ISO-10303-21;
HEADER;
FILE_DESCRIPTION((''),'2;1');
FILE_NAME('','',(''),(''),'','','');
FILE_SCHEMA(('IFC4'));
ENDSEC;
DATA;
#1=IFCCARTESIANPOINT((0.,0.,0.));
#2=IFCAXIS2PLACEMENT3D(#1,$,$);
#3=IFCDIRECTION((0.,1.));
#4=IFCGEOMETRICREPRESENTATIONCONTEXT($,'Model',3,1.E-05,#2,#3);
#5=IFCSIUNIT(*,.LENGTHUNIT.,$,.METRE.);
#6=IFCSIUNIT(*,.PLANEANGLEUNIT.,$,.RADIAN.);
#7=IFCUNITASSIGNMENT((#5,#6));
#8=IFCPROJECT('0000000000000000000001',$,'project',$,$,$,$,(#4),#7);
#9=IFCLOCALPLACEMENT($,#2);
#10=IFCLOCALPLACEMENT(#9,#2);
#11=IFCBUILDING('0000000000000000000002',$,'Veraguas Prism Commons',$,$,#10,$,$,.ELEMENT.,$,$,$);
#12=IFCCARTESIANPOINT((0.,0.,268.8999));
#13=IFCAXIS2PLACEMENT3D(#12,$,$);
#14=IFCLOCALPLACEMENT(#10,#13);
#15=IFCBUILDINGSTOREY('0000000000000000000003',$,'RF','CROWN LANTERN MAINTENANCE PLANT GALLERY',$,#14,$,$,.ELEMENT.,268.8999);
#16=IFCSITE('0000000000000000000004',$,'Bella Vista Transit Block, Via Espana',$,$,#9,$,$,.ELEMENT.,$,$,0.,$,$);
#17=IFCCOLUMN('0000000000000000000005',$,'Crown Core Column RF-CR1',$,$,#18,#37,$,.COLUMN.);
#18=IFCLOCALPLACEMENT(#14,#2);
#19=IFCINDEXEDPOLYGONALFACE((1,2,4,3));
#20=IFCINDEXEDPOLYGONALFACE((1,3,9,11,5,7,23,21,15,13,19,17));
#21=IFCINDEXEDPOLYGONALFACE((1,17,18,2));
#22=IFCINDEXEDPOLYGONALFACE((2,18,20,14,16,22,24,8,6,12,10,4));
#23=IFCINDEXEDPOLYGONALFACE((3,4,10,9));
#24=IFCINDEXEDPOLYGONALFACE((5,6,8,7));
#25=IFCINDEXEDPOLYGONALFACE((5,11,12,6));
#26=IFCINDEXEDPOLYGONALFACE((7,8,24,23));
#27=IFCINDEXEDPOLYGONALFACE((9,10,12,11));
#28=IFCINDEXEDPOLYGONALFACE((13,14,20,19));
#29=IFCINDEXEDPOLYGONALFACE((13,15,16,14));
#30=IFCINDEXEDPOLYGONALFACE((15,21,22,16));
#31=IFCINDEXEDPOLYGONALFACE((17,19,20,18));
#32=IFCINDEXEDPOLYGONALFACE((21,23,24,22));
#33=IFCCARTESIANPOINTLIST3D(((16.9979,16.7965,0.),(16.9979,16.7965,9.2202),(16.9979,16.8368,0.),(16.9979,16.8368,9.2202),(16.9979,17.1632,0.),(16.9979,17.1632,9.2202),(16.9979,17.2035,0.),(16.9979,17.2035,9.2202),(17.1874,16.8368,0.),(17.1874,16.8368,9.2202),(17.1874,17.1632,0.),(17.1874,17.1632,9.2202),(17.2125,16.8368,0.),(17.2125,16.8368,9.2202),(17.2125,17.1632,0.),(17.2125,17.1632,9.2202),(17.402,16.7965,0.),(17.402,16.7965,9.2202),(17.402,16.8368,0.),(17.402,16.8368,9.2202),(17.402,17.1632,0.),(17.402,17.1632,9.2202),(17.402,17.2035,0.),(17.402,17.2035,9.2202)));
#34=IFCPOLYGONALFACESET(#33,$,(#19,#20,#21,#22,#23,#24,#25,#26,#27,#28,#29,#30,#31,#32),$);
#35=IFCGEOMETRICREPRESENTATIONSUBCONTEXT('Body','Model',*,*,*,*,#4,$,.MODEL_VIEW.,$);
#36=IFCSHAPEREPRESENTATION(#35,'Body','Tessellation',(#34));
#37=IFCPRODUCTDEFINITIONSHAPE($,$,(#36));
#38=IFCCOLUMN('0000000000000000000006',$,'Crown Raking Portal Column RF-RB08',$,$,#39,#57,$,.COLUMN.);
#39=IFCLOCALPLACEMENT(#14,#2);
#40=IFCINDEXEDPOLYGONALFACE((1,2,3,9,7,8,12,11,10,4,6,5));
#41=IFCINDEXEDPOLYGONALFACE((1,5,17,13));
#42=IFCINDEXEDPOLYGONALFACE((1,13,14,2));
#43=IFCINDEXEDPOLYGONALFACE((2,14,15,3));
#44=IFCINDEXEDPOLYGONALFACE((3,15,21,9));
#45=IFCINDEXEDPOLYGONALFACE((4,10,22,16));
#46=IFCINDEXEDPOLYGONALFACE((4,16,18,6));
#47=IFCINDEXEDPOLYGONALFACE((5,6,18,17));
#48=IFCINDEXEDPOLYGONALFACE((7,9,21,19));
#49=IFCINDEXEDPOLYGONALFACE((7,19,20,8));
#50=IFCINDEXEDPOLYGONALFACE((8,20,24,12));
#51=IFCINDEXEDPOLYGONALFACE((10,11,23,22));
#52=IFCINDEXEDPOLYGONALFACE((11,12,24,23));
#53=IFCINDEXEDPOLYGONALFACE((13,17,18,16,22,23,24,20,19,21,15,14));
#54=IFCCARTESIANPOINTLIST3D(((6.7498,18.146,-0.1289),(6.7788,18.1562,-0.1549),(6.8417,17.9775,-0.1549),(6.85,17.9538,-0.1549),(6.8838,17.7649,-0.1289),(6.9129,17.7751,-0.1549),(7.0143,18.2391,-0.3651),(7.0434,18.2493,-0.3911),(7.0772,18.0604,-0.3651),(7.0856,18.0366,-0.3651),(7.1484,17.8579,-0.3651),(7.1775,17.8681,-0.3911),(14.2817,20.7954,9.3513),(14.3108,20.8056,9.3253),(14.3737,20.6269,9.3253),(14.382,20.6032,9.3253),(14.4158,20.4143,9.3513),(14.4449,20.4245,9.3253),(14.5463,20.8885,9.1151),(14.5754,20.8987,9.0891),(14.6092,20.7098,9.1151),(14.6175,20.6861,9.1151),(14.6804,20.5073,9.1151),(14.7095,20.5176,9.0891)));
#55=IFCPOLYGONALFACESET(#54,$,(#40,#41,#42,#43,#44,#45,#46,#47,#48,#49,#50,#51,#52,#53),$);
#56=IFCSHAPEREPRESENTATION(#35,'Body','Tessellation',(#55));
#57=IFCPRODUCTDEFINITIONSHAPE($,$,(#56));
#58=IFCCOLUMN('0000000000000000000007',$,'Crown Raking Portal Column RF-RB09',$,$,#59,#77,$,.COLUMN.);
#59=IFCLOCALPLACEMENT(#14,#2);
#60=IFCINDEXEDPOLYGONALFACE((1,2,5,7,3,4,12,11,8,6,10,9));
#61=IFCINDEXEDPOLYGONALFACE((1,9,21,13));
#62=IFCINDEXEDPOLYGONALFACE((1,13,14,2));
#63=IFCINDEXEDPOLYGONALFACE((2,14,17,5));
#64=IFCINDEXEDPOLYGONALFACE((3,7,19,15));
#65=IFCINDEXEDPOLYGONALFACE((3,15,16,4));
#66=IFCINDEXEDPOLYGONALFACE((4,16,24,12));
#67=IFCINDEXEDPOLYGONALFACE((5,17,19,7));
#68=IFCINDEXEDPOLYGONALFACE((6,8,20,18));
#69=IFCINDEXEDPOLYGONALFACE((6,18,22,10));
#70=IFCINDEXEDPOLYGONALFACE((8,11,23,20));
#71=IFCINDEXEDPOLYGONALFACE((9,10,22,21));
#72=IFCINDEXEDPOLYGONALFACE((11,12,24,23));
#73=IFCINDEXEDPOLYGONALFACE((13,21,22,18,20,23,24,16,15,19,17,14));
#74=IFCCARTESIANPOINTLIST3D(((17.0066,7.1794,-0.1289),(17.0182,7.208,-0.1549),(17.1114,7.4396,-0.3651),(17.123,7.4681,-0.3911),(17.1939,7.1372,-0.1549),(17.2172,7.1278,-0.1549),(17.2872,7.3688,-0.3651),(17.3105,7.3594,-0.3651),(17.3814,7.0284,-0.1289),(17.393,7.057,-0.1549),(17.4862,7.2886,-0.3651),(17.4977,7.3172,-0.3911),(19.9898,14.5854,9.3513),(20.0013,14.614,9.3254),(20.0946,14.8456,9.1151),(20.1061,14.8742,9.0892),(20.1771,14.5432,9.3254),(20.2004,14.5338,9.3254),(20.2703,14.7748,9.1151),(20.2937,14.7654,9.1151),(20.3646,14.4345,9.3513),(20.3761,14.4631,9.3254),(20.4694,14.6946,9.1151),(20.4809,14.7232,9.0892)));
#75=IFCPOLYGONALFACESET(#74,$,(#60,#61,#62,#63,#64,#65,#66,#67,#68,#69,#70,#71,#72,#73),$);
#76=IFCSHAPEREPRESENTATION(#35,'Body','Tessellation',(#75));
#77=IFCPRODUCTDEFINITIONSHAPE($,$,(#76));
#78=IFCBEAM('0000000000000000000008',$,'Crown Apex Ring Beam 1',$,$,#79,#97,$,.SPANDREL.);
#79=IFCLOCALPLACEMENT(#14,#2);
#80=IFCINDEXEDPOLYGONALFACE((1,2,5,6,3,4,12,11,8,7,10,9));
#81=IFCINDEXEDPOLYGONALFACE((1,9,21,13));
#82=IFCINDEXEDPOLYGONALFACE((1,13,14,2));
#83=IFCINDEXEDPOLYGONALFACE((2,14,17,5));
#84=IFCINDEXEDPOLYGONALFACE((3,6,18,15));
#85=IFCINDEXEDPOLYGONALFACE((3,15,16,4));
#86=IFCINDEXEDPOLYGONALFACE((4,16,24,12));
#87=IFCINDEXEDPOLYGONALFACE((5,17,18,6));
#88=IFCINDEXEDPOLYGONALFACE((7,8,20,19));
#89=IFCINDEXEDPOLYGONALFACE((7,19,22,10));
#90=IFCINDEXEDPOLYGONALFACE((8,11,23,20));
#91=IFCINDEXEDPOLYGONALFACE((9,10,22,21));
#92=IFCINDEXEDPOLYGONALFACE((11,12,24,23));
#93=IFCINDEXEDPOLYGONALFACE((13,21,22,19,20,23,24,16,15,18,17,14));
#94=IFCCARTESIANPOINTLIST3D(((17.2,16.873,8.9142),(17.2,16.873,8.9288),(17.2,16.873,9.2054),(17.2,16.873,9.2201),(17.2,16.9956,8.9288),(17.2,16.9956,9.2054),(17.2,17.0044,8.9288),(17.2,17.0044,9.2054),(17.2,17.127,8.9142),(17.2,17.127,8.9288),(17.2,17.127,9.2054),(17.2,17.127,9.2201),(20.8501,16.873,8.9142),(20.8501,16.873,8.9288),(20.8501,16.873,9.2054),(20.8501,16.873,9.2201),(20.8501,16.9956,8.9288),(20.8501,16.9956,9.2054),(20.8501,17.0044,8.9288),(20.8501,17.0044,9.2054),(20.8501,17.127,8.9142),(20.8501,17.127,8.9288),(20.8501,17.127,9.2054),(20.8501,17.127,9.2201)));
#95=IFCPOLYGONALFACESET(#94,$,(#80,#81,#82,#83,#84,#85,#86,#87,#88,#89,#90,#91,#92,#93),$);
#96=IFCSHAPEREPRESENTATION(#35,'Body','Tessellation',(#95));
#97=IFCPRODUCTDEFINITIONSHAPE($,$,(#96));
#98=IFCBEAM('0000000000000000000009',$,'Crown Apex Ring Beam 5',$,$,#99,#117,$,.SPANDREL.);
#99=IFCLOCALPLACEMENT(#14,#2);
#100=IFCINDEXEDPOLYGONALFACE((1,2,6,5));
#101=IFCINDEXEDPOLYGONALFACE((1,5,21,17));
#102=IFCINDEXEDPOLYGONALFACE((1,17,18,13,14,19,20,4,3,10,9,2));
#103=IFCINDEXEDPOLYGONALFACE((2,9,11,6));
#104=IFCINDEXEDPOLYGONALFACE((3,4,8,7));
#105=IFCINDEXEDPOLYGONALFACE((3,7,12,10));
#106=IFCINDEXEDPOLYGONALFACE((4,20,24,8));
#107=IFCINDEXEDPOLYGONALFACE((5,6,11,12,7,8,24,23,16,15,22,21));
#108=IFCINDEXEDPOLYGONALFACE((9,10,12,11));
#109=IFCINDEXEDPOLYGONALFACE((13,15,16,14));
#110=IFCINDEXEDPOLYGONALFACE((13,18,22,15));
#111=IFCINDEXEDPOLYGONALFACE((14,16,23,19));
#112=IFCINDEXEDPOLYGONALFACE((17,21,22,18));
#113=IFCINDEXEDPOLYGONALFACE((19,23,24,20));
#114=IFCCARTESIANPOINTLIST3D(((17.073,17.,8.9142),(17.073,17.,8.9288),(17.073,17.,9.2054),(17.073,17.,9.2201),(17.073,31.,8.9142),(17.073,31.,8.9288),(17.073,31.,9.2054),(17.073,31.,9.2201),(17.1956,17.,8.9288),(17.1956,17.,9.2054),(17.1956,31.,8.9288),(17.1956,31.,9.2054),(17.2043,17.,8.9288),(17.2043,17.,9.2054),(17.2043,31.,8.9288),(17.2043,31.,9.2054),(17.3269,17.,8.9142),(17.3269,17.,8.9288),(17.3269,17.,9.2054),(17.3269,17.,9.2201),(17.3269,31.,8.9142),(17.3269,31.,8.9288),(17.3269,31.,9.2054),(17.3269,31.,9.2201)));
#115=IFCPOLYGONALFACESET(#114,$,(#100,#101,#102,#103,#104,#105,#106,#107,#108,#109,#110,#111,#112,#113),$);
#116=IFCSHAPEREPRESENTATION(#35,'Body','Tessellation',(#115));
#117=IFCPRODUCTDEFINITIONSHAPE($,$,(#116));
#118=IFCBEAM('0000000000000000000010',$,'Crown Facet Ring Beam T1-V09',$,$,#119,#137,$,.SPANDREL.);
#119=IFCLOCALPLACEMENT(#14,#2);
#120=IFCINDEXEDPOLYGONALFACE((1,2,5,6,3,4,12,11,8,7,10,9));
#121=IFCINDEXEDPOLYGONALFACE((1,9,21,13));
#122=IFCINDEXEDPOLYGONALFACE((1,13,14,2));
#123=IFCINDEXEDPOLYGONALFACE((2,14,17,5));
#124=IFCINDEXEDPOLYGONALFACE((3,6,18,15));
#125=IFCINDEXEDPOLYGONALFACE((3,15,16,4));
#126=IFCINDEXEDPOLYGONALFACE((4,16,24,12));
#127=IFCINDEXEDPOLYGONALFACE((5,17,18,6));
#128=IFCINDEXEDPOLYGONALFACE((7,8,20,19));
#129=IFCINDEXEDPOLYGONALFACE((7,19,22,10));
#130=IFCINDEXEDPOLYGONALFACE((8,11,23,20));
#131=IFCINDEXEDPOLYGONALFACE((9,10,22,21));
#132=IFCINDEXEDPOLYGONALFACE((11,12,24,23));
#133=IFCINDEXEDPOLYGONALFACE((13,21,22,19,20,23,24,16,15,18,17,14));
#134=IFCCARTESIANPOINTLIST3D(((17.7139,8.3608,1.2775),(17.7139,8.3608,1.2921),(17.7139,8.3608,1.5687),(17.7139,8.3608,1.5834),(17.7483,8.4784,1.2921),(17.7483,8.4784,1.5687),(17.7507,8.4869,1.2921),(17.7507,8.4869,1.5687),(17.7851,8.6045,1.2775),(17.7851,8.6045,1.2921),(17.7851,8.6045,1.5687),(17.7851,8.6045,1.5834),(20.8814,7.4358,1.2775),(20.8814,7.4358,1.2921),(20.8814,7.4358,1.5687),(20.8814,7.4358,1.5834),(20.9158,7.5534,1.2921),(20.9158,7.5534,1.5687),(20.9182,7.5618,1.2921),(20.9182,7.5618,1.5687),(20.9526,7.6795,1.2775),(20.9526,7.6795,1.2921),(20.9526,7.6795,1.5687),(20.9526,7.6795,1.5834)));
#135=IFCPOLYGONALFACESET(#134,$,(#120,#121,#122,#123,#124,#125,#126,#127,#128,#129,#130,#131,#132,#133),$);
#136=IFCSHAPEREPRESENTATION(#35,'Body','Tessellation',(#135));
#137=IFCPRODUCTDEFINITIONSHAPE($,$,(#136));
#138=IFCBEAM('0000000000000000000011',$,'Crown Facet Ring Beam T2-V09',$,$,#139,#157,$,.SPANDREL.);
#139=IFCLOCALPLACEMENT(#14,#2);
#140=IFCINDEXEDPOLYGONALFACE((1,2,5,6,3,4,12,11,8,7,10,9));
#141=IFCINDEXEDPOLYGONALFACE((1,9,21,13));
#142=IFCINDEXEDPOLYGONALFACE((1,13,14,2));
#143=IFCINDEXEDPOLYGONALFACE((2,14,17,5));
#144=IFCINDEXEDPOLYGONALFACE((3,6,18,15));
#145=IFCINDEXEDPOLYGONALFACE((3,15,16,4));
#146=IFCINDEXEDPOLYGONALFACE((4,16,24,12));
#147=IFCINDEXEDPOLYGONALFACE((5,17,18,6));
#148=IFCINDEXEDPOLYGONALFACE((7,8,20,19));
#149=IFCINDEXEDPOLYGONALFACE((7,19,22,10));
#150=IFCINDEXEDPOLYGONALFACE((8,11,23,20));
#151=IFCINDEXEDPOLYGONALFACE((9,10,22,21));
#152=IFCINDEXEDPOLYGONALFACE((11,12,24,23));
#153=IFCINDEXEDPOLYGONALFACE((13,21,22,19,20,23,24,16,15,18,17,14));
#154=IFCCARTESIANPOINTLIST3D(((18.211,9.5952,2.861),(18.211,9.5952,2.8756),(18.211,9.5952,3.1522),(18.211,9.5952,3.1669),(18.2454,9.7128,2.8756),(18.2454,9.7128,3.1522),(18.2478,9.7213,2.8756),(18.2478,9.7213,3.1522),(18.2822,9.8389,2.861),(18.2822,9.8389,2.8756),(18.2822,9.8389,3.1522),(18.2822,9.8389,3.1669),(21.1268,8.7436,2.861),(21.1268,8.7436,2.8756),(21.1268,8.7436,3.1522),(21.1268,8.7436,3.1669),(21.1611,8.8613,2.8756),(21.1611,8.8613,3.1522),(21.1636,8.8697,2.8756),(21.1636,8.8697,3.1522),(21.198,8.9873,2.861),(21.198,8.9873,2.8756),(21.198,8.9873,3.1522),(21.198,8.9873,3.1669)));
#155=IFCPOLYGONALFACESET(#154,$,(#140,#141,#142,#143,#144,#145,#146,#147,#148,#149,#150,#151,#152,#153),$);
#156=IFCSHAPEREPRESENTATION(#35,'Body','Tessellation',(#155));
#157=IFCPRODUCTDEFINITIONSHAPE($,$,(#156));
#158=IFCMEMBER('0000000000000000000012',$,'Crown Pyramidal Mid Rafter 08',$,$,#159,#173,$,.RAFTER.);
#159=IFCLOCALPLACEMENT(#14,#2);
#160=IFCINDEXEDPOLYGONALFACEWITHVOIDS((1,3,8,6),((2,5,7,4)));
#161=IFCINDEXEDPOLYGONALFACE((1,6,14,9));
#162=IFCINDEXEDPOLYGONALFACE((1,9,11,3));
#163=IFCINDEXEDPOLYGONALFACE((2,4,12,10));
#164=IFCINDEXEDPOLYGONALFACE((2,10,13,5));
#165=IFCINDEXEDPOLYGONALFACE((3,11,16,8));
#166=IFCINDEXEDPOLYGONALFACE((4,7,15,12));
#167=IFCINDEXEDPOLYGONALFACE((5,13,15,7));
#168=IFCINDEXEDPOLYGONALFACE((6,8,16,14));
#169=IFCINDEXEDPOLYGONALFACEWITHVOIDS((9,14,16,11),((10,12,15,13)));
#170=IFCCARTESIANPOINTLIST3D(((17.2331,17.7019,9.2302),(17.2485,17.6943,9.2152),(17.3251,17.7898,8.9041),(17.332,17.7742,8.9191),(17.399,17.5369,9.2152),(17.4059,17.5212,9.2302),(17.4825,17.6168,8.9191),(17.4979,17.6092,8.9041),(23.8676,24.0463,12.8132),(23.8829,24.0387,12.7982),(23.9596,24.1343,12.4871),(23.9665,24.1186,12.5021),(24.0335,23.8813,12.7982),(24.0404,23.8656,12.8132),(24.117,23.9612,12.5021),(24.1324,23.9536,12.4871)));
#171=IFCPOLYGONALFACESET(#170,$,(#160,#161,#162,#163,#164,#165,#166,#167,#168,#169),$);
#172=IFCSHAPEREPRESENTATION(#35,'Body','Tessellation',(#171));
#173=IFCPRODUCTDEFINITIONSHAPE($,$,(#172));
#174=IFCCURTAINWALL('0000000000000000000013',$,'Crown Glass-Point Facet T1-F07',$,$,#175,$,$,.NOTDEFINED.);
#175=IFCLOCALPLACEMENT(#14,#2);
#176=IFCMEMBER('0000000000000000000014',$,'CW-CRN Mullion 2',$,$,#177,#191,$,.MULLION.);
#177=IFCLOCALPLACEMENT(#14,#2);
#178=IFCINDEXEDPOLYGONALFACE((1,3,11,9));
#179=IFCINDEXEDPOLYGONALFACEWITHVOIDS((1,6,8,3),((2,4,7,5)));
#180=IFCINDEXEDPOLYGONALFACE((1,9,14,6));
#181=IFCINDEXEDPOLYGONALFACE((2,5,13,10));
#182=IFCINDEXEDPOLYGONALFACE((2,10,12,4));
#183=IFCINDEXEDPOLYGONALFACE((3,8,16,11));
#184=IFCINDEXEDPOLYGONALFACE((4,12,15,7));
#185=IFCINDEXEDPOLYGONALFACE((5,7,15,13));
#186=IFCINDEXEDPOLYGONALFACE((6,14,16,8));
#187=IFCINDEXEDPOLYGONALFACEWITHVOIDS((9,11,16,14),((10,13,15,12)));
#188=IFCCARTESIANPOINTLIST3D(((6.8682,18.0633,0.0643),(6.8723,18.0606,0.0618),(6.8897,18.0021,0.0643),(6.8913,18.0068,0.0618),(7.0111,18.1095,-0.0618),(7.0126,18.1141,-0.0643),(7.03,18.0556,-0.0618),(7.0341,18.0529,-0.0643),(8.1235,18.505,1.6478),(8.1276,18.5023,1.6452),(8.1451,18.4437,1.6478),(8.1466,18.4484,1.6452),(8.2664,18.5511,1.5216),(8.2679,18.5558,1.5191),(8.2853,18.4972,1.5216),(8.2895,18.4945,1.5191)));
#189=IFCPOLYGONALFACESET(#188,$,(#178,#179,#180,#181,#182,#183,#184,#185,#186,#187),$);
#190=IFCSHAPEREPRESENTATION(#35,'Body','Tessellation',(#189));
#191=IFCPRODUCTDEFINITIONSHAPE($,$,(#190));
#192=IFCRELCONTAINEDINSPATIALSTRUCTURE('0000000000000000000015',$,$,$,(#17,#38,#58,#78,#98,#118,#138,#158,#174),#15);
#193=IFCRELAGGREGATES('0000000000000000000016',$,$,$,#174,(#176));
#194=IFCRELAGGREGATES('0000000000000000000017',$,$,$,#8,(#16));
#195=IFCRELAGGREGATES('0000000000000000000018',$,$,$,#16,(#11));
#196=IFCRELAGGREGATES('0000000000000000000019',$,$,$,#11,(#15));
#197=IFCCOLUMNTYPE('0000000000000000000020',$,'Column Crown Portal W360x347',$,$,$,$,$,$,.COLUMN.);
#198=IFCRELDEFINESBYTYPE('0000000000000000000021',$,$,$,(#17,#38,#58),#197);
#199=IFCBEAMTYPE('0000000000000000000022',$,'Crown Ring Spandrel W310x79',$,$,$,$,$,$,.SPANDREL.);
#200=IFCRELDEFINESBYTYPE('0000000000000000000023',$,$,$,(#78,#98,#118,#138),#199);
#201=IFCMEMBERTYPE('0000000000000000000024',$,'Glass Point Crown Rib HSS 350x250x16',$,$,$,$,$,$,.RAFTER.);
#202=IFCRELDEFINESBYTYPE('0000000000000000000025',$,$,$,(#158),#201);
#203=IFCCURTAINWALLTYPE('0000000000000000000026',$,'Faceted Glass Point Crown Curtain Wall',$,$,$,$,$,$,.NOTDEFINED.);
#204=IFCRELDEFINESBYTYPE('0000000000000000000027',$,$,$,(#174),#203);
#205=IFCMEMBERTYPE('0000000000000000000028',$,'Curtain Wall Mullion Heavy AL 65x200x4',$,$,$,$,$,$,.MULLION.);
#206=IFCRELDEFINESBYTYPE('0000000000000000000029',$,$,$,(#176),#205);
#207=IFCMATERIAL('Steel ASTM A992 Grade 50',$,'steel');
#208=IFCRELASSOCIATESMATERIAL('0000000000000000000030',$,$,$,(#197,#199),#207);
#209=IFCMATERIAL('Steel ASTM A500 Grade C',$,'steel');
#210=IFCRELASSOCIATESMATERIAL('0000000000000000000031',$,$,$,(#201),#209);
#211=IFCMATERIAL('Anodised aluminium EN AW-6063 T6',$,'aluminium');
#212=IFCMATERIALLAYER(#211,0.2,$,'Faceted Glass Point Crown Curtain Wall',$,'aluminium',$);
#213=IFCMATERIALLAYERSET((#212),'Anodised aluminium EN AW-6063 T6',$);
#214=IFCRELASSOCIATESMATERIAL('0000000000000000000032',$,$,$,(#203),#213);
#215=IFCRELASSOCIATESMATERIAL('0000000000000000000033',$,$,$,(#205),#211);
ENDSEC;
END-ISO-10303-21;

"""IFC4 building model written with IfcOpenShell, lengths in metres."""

from ifc_helpers import new_model, si_unit, direction, frame, origin, origin_2d, place, context, subcontext, project, spatial, hollow_rectangle, i_section, extrude, source, transform, mapped, material, layer, layer_set, material_profile, profile_set, type_object, element, aggregate, save


model = new_model("IFC4")

# Units and contexts
model_context = context("Model", 3, precision=1e-05, world=origin(), true_north=direction((0.0, 1.0)))
body_context = subcontext(model_context, "Body", "Model", "MODEL_VIEW")
ifc_project = project(units=[si_unit("LENGTHUNIT", "METRE"), si_unit("PLANEANGLEUNIT", "RADIAN")], contexts=[model_context])

# Site, building, storey
site_placement = place(None, origin())
site = spatial("IfcSite", under=ifc_project, at=site_placement, Name="Bella Vista Transit Block, Via Espana", CompositionType="ELEMENT", RefElevation=0.0)
building_placement = place(site_placement, origin())
building = spatial("IfcBuilding", under=site, at=building_placement, Name="Veraguas Prism Commons", CompositionType="ELEMENT")
storey_placement = place(building_placement, frame((0.0, 0.0, 268.8999)))
storey = spatial("IfcBuildingStorey", under=building, at=storey_placement, Name="RF", Description="CROWN LANTERN MAINTENANCE PLANT GALLERY", CompositionType="ELEMENT", Elevation=268.8999)

# Columns
ifc_material_1 = material(Name="Steel ASTM A992 Grade 50", Category="steel")
ifc_material_profile_1 = material_profile(ifc_material_1, i_section(OverallWidth=0.4041, OverallDepth=0.407, WebThickness=0.0251, FlangeThickness=0.0403, at=origin_2d()), Name="W360X347")
ifc_profile_set_1 = profile_set([ifc_material_profile_1], Name="Steel ASTM A992 Grade 50")
column_type = type_object("IfcColumnType", Name="Column Crown Portal W360x347", PredefinedType="COLUMN", material=ifc_profile_set_1)
column_placement = place(storey_placement, frame((17.2, 17.0, 0.0), z_axis=(0.0, 0.0, 1.0), x_axis=(1.0, 0.0, 0.0)))
element("IfcColumn", 1, at=column_placement, inside=storey, type_object=column_type, Name="Crown Core Column RF-CR1", PredefinedType="COLUMN", context=body_context, shape_type="SweptSolid", body=[
    extrude(i_section(OverallWidth=0.4041, OverallDepth=0.407, WebThickness=0.0251, FlangeThickness=0.0403, at=origin_2d()), origin(), (0.0, 0.0, 1.0), 9.2202),
])
for number, where, z_axis, x_axis, name in (
    (2, (6.9636, 18.0071, -0.26), (0.607685, 0.213756, 0.764871), (-0.331825, 0.943341, 0.0), "Crown Raking Portal Column RF-RB08"),
    (3, (17.2522, 7.2483, -0.26), (0.240684, 0.597525, 0.764876), (-0.927578, 0.37363, 0.0), "Crown Raking Portal Column RF-RB09"),
):
    element("IfcColumn", number, at=place(storey_placement, frame(where, z_axis=z_axis, x_axis=x_axis)), inside=storey, type_object=column_type, Name=name, PredefinedType="COLUMN", context=body_context, shape_type="SweptSolid", body=[
        extrude(i_section(OverallWidth=0.4041, OverallDepth=0.407, WebThickness=0.0251, FlangeThickness=0.0403, at=origin_2d()), origin(), (0.0, 0.0, 1.0), 12.3945),
    ])

# Beams
ifc_material_profile_2 = material_profile(ifc_material_1, i_section(OverallWidth=0.2539, OverallDepth=0.3059, WebThickness=0.0088, FlangeThickness=0.0146, at=origin_2d()), Name="W310X79")
ifc_profile_set_2 = profile_set([ifc_material_profile_2], Name="Steel ASTM A992 Grade 50")
beam_type = type_object("IfcBeamType", Name="Crown Ring Spandrel W310x79", PredefinedType="SPANDREL", material=ifc_profile_set_2)
beam_1_placement = place(storey_placement, frame((17.2, 17.0, 9.0671), z_axis=(1.0, 0.0, 0.0), x_axis=(0.0, 1.0, 0.0)))
element("IfcBeam", 4, at=beam_1_placement, inside=storey, type_object=beam_type, Name="Crown Apex Ring Beam 1", PredefinedType="SPANDREL", context=body_context, shape_type="SweptSolid", body=[
    extrude(i_section(OverallWidth=0.2539, OverallDepth=0.3059, WebThickness=0.0088, FlangeThickness=0.0146, at=origin_2d()), origin(), (0.0, 0.0, 1.0), 3.6501),
])
beam_2_placement = place(storey_placement, frame((17.2, 17.0, 9.0671), z_axis=(0.0, 1.0, 0.0), x_axis=(-1.0, 0.0, 0.0)))
element("IfcBeam", 5, at=beam_2_placement, inside=storey, type_object=beam_type, Name="Crown Apex Ring Beam 5", PredefinedType="SPANDREL", context=body_context, shape_type="SweptSolid", body=[
    extrude(i_section(OverallWidth=0.2539, OverallDepth=0.3059, WebThickness=0.0088, FlangeThickness=0.0146, at=origin_2d()), origin(), (0.0, 0.0, 1.0), 14.0),
])
beam_3_placement = place(storey_placement, frame((17.7495, 8.4827, 1.4304), z_axis=(0.959902, -0.280335, 0.0), x_axis=(0.280335, 0.959902, 0.0)))
element("IfcBeam", 6, at=beam_3_placement, inside=storey, type_object=beam_type, Name="Crown Facet Ring Beam T1-V09", PredefinedType="SPANDREL", context=body_context, shape_type="SweptSolid", body=[
    extrude(i_section(OverallWidth=0.2539, OverallDepth=0.3059, WebThickness=0.0088, FlangeThickness=0.0146, at=origin_2d()), origin(), (0.0, 0.0, 1.0), 3.2998),
])
beam_4_placement = place(storey_placement, frame((18.2466, 9.717, 3.0139), z_axis=(0.9599, -0.280343, 0.0), x_axis=(0.280343, 0.9599, 0.0)))
element("IfcBeam", 7, at=beam_4_placement, inside=storey, type_object=beam_type, Name="Crown Facet Ring Beam T2-V09", PredefinedType="SPANDREL", context=body_context, shape_type="SweptSolid", body=[
    extrude(i_section(OverallWidth=0.2539, OverallDepth=0.3059, WebThickness=0.0088, FlangeThickness=0.0146, at=origin_2d()), origin(), (0.0, 0.0, 1.0), 3.0376),
])

# Member
ifc_material_2 = material(Name="Steel ASTM A500 Grade C", Category="steel")
ifc_material_profile_3 = material_profile(ifc_material_2, hollow_rectangle(XDim=0.25, YDim=0.3501, WallThickness=0.0161, at=origin_2d()), Name="HSS350X250X16")
ifc_profile_set_3 = profile_set([ifc_material_profile_3], Name="Steel ASTM A500 Grade C")
member_type_1 = type_object("IfcMemberType", Name="Glass Point Crown Rib HSS 350x250x16", PredefinedType="RAFTER", material=ifc_profile_set_3)
member_1_placement = place(storey_placement, frame((17.3655, 17.6555, 9.0671), z_axis=(0.673261, 0.643829, 0.363598), x_axis=(-0.691133, 0.722728, 0.0)))
element("IfcMember", 8, at=member_1_placement, inside=storey, type_object=member_type_1, Name="Crown Pyramidal Mid Rafter 08", PredefinedType="RAFTER", context=body_context, shape_type="SweptSolid", body=[
    extrude(hollow_rectangle(XDim=0.25, YDim=0.3501, WallThickness=0.0161, at=origin_2d()), origin(), (0.0, 0.0, 1.0), 9.8542),
])

# Curtain wall, member
ifc_material_3 = material(Name="Anodised aluminium EN AW-6063 T6", Category="aluminium")
ifc_layer_1 = layer(ifc_material_3, 0.2, Name="Faceted Glass Point Crown Curtain Wall", Category="aluminium")
ifc_layer_set_1 = layer_set([ifc_layer_1], Name="Anodised aluminium EN AW-6063 T6")
curtain_wall_type = type_object("IfcCurtainWallType", Name="Faceted Glass Point Crown Curtain Wall", PredefinedType="NOTDEFINED", material=ifc_layer_set_1)
curtain_wall_1_placement = place(storey_placement, origin())
curtain_wall_1 = element("IfcCurtainWall", 9, at=curtain_wall_1_placement, inside=storey, type_object=curtain_wall_type, Name="Crown Glass-Point Facet T1-F07", PredefinedType="NOTDEFINED")
ifc_material_profile_4 = material_profile(ifc_material_3, hollow_rectangle(XDim=0.0649, YDim=0.2, WallThickness=0.0039, at=origin_2d()), Name="AL65X200X4")
ifc_profile_set_4 = profile_set([ifc_material_profile_4], Name="Anodised aluminium EN AW-6063 T6")
member_type_2 = type_object("IfcMemberType", Name="Curtain Wall Mullion Heavy AL 65x200x4", PredefinedType="MULLION", material=ifc_profile_set_4)
shared_shape_1 = source(origin(), body_context, "Body", "SweptSolid", [
    extrude(hollow_rectangle(XDim=0.0649, YDim=0.2, WallThickness=0.0039, at=origin_2d()), origin(), (0.0, 0.0, 1.0), 2.0684),
])
member_2_placement = place(storey_placement, frame((6.9512, 18.0581, 0.0), z_axis=(0.606915, 0.213518, 0.765548), x_axis=(-0.33187, 0.943325, 0.0)))
member_2 = element("IfcMember", 10, at=member_2_placement, type_object=member_type_2, Name="CW-CRN Mullion 2", PredefinedType="MULLION", context=body_context, shape_type="MappedRepresentation", body=[
    mapped(shared_shape_1, transform((0.0, 0.0, 0.0), scale=1.0)),
])
aggregate(curtain_wall_1, [member_2])

save(model, "model.ifc")
